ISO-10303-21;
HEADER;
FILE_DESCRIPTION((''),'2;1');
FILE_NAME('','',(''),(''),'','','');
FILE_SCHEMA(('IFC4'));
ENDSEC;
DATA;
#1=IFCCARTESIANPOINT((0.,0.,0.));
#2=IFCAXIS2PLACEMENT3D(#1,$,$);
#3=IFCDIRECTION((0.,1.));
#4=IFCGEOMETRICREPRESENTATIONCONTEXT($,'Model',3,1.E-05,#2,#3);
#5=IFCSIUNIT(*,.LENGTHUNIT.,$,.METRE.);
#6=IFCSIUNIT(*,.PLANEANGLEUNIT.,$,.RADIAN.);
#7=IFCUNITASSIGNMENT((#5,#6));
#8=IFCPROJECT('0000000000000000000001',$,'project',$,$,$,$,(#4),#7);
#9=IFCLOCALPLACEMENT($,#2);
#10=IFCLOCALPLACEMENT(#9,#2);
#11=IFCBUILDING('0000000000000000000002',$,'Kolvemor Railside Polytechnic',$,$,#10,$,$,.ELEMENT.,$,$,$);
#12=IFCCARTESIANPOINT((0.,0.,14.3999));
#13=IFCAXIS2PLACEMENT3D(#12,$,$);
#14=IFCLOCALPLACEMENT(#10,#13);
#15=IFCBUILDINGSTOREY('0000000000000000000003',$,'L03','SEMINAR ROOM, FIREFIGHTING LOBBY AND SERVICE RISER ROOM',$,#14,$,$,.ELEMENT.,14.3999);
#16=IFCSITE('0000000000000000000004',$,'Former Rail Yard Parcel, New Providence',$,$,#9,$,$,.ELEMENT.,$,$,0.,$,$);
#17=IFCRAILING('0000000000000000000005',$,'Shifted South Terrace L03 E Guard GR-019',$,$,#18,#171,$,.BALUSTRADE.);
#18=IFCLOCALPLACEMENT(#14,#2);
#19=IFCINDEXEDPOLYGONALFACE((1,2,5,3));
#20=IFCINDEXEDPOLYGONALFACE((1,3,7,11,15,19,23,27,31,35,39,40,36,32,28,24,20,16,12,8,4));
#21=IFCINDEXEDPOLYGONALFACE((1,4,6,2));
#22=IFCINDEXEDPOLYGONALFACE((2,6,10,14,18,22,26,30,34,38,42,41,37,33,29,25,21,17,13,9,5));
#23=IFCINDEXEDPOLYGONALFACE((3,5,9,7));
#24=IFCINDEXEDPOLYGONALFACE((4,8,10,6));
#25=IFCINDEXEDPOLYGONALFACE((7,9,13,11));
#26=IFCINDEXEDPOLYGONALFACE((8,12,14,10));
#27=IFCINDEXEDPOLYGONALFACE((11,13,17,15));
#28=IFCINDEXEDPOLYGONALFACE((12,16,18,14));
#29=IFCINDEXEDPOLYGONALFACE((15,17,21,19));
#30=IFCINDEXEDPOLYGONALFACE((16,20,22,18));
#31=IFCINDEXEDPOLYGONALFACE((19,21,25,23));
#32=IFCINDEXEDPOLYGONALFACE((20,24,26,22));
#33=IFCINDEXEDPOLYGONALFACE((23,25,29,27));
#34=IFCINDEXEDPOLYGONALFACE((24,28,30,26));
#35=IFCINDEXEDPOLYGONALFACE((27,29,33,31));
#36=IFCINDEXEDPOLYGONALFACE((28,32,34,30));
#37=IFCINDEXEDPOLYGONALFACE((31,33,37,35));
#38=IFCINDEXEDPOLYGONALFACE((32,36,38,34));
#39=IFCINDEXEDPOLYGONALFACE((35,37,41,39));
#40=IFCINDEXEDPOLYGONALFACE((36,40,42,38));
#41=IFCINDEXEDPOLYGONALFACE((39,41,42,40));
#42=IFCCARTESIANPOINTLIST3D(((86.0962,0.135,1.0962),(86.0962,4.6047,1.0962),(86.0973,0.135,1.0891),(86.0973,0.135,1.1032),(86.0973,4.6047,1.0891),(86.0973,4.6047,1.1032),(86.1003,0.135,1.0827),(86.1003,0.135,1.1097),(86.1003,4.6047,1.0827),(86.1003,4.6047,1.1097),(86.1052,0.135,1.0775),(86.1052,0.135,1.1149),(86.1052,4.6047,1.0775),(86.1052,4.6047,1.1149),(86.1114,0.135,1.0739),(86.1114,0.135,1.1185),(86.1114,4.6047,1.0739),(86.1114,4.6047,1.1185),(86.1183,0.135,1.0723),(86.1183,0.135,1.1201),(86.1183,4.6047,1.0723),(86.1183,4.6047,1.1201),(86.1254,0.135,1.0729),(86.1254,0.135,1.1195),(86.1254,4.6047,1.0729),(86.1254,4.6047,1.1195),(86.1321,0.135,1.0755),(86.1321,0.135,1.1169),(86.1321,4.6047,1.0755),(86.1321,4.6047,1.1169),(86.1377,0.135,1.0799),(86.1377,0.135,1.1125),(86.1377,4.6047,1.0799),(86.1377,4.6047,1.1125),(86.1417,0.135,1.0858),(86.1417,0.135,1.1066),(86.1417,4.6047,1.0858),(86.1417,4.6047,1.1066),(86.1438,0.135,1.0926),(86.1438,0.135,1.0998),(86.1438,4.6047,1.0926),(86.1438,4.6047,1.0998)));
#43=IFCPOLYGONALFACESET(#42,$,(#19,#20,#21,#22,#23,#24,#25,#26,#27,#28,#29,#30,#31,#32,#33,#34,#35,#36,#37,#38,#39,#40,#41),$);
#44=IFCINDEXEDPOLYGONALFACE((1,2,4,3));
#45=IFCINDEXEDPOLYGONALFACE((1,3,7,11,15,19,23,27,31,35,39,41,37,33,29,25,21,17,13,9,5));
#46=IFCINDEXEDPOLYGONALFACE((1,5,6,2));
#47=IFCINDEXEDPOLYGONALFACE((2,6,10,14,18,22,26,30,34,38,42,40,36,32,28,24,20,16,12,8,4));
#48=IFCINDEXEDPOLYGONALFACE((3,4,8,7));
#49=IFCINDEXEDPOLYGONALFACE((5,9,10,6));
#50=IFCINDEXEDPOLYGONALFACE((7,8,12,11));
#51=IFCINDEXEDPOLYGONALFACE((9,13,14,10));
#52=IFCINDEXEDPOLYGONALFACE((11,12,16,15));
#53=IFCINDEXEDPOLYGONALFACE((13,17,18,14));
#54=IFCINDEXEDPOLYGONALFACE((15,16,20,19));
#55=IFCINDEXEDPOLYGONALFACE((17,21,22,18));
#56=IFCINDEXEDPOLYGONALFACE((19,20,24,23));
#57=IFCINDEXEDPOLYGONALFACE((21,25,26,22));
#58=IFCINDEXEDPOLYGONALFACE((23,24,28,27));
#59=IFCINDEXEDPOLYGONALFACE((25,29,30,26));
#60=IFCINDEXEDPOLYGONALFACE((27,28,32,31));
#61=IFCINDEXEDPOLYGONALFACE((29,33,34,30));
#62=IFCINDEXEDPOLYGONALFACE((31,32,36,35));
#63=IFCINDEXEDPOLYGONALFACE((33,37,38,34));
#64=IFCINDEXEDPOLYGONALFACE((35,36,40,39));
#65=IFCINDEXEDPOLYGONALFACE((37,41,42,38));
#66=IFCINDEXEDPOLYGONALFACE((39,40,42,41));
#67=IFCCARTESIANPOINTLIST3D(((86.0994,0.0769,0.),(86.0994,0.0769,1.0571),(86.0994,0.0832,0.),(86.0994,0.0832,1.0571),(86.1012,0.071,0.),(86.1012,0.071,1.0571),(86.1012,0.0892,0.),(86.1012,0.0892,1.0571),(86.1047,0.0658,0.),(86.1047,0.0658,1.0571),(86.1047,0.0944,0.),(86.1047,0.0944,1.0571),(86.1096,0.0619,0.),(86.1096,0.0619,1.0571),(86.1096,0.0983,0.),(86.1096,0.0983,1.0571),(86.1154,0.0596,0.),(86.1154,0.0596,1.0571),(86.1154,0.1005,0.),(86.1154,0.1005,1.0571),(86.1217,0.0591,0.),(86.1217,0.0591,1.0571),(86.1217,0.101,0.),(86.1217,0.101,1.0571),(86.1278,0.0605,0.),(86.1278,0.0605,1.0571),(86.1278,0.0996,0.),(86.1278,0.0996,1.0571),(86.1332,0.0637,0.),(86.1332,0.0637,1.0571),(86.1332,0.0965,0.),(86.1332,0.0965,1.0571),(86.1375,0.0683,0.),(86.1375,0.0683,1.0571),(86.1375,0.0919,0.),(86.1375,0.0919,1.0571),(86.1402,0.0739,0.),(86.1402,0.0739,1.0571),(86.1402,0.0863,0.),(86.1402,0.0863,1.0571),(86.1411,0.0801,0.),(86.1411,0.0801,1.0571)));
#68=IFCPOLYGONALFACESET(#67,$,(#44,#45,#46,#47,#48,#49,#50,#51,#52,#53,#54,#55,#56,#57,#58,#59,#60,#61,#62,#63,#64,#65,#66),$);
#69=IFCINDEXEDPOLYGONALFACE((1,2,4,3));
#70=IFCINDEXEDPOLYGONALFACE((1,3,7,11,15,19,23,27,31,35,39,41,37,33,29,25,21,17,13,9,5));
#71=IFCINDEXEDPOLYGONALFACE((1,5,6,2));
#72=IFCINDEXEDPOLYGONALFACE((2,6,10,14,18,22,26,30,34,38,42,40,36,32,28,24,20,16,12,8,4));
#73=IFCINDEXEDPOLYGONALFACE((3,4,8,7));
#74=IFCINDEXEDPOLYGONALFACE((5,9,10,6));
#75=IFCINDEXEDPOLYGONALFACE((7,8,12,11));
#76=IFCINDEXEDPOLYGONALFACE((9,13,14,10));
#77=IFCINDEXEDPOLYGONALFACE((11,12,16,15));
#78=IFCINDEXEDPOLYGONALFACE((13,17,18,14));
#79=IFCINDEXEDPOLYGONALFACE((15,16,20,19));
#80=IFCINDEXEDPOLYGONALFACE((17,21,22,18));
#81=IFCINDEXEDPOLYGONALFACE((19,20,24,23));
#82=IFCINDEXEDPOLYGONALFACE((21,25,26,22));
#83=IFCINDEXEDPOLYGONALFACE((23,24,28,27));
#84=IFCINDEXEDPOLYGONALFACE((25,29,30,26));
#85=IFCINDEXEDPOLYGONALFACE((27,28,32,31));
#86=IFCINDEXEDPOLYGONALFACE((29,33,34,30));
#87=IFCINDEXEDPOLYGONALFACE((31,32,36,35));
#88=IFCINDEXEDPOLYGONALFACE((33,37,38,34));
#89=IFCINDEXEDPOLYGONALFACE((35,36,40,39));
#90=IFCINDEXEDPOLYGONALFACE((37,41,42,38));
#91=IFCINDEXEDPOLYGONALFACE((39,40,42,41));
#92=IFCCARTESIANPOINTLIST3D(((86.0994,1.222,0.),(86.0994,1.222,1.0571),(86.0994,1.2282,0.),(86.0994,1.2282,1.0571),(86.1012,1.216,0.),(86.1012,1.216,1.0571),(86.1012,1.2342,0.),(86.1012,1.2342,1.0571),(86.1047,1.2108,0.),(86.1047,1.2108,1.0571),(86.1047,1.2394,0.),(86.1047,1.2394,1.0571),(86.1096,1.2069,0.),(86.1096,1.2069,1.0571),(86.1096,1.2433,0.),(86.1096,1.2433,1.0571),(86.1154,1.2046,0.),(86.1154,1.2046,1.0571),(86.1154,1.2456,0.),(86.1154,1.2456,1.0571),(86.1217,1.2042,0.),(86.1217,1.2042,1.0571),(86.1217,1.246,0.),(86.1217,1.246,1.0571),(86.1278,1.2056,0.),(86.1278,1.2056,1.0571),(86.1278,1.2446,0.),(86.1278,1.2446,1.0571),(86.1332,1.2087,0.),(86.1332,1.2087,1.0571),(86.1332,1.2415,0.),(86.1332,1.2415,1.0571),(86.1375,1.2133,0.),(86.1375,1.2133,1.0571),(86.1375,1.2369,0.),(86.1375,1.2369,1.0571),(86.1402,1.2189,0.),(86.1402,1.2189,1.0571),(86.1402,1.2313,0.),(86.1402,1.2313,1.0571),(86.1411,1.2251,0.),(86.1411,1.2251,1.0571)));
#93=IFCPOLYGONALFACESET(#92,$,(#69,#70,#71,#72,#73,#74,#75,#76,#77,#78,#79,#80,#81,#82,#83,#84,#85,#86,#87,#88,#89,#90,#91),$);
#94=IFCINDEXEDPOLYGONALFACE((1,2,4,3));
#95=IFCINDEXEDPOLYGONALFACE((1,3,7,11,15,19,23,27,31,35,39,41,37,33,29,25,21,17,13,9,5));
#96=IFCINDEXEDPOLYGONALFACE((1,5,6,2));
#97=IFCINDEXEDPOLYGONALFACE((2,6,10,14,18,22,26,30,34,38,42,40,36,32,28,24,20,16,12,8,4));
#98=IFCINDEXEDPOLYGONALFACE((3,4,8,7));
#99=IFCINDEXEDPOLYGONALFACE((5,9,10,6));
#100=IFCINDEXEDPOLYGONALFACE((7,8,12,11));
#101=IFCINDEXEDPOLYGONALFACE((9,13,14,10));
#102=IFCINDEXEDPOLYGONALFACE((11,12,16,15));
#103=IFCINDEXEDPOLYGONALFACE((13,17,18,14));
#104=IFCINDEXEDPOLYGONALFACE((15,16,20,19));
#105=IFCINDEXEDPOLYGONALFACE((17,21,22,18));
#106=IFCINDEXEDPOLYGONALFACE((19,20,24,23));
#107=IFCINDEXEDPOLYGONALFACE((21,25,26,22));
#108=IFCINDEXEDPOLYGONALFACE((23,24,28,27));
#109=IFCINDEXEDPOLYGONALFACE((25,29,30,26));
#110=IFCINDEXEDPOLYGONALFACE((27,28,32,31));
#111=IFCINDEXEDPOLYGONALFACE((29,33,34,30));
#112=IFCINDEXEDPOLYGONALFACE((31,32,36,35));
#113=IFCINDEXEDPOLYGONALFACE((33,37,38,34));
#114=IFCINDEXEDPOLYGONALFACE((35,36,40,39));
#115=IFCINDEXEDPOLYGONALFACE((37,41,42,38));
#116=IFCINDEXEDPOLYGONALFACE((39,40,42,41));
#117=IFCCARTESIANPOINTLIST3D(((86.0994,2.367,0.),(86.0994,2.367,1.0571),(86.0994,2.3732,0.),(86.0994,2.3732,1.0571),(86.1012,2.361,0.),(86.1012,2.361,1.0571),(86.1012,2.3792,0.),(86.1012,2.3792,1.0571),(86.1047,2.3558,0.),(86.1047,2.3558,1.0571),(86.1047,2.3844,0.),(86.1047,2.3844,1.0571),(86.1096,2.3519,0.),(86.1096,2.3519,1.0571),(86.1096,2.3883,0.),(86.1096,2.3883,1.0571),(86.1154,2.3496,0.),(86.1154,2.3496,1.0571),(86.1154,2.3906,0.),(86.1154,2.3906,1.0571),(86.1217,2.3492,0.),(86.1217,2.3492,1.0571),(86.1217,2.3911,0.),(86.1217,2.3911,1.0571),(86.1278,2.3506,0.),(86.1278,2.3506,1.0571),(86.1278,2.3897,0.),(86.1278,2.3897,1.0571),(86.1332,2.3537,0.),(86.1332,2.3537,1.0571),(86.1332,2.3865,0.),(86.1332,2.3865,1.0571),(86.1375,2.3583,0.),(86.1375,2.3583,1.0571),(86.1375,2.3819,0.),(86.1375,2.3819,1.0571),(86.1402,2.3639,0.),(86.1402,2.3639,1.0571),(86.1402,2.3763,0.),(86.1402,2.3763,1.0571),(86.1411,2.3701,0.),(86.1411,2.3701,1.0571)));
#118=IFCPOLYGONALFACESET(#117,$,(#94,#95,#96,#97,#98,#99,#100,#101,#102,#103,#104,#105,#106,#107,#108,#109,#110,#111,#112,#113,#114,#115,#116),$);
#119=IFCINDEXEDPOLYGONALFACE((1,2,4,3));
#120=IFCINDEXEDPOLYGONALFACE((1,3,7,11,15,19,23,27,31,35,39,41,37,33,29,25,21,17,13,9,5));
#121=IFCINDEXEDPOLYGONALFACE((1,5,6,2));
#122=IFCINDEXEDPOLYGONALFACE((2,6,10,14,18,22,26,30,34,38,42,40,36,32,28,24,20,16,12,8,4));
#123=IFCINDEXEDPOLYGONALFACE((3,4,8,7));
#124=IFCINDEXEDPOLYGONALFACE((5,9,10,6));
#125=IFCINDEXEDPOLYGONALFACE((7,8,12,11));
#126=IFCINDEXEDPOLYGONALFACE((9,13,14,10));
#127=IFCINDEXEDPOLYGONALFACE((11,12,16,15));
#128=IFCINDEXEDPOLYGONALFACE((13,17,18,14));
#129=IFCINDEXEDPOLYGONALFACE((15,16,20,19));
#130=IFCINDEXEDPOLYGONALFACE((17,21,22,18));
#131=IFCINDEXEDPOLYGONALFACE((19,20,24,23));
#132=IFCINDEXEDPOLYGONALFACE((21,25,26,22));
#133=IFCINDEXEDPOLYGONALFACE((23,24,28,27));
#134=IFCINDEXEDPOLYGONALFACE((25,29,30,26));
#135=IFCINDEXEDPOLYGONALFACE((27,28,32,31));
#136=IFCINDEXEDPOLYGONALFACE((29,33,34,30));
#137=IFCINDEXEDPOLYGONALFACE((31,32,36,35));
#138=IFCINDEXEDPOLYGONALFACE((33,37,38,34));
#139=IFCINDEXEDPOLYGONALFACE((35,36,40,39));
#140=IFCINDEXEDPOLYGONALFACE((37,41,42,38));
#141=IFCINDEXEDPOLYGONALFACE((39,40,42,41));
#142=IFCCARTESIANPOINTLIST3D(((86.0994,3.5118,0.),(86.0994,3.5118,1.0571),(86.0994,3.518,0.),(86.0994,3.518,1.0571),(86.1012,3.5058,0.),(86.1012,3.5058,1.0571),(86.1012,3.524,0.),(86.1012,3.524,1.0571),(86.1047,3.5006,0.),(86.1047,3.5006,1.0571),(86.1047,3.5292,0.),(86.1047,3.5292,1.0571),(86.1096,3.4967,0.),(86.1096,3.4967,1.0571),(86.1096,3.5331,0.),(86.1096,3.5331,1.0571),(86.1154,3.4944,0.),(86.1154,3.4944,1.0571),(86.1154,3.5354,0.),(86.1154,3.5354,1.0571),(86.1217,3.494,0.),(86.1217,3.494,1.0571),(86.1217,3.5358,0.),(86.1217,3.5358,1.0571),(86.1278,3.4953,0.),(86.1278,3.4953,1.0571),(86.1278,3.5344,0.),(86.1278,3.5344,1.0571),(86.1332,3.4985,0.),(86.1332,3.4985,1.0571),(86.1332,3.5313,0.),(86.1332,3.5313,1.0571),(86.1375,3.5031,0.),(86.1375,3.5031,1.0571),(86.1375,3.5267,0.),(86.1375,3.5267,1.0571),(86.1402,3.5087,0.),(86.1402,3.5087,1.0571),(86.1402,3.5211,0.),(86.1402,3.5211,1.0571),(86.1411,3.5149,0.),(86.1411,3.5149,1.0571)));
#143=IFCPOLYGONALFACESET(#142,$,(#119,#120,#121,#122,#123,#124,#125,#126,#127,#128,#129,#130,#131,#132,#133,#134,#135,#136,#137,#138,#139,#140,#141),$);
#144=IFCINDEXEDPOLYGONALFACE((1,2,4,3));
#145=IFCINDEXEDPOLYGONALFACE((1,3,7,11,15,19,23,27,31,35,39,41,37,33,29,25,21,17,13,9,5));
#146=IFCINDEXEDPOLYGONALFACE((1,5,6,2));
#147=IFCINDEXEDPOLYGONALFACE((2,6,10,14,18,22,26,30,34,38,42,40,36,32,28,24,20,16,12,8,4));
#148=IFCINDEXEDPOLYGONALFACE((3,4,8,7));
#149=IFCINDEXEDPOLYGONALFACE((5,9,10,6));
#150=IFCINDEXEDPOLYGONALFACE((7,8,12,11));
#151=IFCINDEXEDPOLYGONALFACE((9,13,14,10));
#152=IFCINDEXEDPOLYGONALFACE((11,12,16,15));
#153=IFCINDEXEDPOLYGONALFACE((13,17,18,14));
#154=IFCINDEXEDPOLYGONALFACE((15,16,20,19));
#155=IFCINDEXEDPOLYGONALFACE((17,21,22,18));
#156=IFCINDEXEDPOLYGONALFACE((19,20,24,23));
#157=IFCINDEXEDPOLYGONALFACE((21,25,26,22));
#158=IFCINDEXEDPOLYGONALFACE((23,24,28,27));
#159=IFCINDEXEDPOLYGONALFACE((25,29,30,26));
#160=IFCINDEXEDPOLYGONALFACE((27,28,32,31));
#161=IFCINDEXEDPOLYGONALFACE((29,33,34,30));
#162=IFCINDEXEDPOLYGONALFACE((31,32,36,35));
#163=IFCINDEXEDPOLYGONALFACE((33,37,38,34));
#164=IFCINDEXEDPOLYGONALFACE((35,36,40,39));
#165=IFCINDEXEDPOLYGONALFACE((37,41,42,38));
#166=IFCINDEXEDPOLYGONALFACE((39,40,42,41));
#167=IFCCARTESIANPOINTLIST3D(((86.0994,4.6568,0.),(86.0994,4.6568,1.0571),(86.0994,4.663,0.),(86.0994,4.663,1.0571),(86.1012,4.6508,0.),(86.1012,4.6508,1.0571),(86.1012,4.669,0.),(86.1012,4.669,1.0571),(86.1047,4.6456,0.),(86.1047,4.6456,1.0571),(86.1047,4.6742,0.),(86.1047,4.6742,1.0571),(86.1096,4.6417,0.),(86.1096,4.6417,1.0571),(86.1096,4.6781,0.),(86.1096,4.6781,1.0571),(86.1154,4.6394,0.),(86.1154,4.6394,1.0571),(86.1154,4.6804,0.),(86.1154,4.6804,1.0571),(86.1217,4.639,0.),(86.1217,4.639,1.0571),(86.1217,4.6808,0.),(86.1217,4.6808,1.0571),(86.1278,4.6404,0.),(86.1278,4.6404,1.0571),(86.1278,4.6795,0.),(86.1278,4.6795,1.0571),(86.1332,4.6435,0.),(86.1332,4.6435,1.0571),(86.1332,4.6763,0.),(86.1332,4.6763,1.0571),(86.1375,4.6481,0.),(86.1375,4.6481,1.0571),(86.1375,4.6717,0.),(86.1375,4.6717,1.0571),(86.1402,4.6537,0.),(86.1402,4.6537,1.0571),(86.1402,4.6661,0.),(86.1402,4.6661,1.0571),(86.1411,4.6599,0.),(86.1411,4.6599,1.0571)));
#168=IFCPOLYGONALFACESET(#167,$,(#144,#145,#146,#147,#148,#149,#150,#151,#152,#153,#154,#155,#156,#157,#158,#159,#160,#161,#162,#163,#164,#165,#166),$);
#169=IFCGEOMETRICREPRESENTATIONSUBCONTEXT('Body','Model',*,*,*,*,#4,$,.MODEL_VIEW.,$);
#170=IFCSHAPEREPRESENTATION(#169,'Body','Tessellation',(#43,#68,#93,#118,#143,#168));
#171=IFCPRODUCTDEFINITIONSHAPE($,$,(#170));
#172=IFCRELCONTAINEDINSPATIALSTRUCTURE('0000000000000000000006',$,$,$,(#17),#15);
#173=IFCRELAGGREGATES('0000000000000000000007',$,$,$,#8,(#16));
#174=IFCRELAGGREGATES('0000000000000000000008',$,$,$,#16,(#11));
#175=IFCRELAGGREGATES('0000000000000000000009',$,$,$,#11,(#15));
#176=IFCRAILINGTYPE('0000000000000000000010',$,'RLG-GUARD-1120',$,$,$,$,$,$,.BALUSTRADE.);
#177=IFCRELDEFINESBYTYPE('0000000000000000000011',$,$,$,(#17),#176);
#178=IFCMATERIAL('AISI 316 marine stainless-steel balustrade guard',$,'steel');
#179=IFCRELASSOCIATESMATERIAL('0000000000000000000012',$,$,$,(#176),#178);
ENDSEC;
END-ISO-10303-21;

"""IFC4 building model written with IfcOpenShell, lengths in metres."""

from ifc_helpers import new_model, si_unit, direction, frame, origin, origin_2d, place, context, subcontext, project, spatial, circle, extrude, material, type_object, element, save


model = new_model("IFC4")

# Units and contexts
model_context = context("Model", 3, precision=1e-05, world=origin(), true_north=direction((0.0, 1.0)))
body_context = subcontext(model_context, "Body", "Model", "MODEL_VIEW")
ifc_project = project(units=[si_unit("LENGTHUNIT", "METRE"), si_unit("PLANEANGLEUNIT", "RADIAN")], contexts=[model_context])

# Site, building, storey
site_placement = place(None, origin())
site = spatial("IfcSite", under=ifc_project, at=site_placement, Name="Former Rail Yard Parcel, New Providence", CompositionType="ELEMENT", RefElevation=0.0)
building_placement = place(site_placement, origin())
building = spatial("IfcBuilding", under=site, at=building_placement, Name="Kolvemor Railside Polytechnic", CompositionType="ELEMENT")
storey_placement = place(building_placement, frame((0.0, 0.0, 14.3999)))
storey = spatial("IfcBuildingStorey", under=building, at=storey_placement, Name="L03", Description="SEMINAR ROOM, FIREFIGHTING LOBBY AND SERVICE RISER ROOM", CompositionType="ELEMENT", Elevation=14.3999)

# Railing
ifc_material_1 = material(Name="AISI 316 marine stainless-steel balustrade guard", Category="steel")
railing_type = type_object("IfcRailingType", Name="RLG-GUARD-1120", PredefinedType="BALUSTRADE", material=ifc_material_1)
railing_1_placement = place(storey_placement, frame((86.1201, 0.0801, 0.0)))
element("IfcRailing", 1, at=railing_1_placement, inside=storey, type_object=railing_type, Name="Shifted South Terrace L03 E Guard GR-019", PredefinedType="BALUSTRADE", context=body_context, shape_type="SweptSolid", body=[
    extrude(circle(Radius=0.0239, at=origin_2d()), frame((0.0, 0.0549, 1.0962), z_axis=(0.0, 1.0, 0.0), x_axis=(-1.0, 0.0, 0.0)), (0.0, 0.0, 1.0), 4.4697),
    extrude(circle(Radius=0.021, at=origin_2d()), origin(), (0.0, 0.0, 1.0), 1.0571),
    extrude(circle(Radius=0.021, at=origin_2d()), frame((0.0, 1.145, 0.0)), (0.0, 0.0, 1.0), 1.0571),
    extrude(circle(Radius=0.021, at=origin_2d()), frame((0.0, 2.29, 0.0)), (0.0, 0.0, 1.0), 1.0571),
    extrude(circle(Radius=0.021, at=origin_2d()), frame((0.0, 3.4348, 0.0)), (0.0, 0.0, 1.0), 1.0571),
    extrude(circle(Radius=0.021, at=origin_2d()), frame((0.0, 4.5798, 0.0)), (0.0, 0.0, 1.0), 1.0571),
])

save(model, "model.ifc")
